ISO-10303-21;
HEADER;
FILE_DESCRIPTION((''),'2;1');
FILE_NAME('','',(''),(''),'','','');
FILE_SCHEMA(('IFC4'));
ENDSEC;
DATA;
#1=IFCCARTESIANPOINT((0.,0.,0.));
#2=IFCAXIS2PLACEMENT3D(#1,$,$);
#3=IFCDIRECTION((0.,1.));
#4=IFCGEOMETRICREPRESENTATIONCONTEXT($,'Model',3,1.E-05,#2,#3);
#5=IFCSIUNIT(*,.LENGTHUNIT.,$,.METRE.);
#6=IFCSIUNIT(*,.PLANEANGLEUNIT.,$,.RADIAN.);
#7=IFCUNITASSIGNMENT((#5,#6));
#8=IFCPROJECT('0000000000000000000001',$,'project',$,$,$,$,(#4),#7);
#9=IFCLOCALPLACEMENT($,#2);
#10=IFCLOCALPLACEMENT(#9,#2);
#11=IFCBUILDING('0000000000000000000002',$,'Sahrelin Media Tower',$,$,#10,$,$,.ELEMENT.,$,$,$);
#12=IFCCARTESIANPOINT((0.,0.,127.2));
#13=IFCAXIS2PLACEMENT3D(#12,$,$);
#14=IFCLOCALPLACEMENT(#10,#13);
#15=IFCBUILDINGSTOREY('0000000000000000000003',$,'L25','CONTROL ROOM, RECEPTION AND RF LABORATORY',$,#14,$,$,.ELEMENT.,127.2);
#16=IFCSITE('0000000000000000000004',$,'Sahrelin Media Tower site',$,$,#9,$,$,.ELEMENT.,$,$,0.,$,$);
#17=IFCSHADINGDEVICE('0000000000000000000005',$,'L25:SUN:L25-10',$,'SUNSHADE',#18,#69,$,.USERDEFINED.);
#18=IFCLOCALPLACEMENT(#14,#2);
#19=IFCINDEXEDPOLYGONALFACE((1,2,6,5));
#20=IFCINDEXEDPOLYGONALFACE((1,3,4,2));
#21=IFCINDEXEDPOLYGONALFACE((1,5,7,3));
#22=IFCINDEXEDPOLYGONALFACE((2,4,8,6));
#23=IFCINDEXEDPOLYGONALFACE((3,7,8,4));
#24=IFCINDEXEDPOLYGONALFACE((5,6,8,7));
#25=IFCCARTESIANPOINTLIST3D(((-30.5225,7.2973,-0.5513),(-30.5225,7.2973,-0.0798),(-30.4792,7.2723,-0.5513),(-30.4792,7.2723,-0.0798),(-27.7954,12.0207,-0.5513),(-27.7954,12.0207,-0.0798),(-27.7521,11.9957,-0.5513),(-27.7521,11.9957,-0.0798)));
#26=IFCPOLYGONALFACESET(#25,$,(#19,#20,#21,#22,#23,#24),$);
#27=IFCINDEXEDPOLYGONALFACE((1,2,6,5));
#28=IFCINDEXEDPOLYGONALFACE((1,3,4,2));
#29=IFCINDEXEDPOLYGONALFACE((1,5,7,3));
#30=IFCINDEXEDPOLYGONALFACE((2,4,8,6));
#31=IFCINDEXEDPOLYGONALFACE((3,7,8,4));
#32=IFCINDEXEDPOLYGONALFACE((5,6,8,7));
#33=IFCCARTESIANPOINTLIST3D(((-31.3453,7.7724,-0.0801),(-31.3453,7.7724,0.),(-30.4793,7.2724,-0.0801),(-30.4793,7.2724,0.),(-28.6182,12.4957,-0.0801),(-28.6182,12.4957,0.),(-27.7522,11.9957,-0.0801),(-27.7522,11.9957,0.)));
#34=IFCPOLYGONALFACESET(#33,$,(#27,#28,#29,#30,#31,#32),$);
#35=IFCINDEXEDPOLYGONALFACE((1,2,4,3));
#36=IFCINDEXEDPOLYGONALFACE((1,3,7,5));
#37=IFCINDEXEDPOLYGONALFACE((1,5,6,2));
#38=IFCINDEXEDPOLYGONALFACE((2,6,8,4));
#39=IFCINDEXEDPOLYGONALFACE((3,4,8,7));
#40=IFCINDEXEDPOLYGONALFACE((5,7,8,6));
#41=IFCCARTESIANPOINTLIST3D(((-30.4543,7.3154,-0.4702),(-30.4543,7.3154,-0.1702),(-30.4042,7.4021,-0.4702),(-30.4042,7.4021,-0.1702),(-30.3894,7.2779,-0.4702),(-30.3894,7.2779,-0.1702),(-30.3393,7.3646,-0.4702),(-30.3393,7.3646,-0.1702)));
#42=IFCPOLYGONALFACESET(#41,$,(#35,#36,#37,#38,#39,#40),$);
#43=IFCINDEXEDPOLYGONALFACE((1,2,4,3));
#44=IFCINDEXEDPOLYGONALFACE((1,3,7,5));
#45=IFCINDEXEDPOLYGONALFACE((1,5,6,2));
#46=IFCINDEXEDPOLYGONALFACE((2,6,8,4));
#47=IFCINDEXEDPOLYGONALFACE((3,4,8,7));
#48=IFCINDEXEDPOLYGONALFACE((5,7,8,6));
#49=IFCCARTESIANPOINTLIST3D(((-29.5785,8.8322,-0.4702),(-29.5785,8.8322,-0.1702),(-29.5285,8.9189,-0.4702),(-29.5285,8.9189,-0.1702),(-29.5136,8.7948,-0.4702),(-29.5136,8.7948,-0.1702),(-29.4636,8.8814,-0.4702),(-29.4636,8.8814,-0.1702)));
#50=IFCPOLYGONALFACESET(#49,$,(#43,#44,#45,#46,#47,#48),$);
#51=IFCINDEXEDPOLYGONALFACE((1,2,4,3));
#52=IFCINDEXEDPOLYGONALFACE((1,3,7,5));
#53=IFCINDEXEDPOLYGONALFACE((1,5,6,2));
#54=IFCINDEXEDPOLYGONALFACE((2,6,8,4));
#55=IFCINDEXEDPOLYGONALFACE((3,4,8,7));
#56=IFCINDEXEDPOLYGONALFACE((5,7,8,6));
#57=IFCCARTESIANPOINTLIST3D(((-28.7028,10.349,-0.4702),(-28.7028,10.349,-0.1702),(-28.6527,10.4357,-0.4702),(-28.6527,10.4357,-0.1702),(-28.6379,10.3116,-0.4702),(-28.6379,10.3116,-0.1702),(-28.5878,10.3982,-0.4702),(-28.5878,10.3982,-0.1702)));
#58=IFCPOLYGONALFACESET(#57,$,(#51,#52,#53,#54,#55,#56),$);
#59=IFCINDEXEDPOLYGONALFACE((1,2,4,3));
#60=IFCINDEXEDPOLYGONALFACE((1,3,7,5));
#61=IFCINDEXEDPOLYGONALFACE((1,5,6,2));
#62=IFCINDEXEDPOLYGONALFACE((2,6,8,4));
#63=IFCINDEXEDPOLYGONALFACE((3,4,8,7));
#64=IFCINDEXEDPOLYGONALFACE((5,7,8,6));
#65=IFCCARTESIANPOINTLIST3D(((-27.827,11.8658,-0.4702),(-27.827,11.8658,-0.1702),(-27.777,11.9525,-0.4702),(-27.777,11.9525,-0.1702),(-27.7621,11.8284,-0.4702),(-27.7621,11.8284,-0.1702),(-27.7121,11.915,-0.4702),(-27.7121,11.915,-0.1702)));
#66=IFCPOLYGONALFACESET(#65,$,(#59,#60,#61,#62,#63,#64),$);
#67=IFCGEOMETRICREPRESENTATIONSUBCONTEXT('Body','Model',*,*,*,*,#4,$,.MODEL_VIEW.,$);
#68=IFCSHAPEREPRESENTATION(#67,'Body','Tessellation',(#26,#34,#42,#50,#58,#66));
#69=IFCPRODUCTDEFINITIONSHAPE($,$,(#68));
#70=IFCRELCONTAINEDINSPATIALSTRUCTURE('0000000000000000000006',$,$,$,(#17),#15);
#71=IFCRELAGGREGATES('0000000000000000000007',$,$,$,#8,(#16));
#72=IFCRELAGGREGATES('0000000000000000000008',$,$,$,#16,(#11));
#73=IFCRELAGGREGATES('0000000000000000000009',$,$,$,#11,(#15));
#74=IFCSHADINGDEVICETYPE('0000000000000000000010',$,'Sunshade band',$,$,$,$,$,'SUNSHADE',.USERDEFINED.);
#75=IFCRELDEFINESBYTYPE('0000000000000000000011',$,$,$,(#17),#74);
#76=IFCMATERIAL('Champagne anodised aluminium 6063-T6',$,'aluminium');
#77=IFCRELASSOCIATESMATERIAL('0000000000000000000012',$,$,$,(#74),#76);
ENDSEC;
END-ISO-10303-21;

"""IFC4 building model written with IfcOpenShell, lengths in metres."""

from ifc_helpers import new_model, si_unit, direction, frame, origin, origin_2d, place, context, subcontext, project, spatial, rectangle, extrude, material, type_object, element, save


model = new_model("IFC4")

# Units and contexts
model_context = context("Model", 3, precision=1e-05, world=origin(), true_north=direction((0.0, 1.0)))
body_context = subcontext(model_context, "Body", "Model", "MODEL_VIEW")
ifc_project = project(units=[si_unit("LENGTHUNIT", "METRE"), si_unit("PLANEANGLEUNIT", "RADIAN")], contexts=[model_context])

# Site, building, storey
site_placement = place(None, origin())
site = spatial("IfcSite", under=ifc_project, at=site_placement, Name="Sahrelin Media Tower site", CompositionType="ELEMENT", RefElevation=0.0)
building_placement = place(site_placement, origin())
building = spatial("IfcBuilding", under=site, at=building_placement, Name="Sahrelin Media Tower", CompositionType="ELEMENT")
storey_placement = place(building_placement, frame((0.0, 0.0, 127.2)))
storey = spatial("IfcBuildingStorey", under=building, at=storey_placement, Name="L25", Description="CONTROL ROOM, RECEPTION AND RF LABORATORY", CompositionType="ELEMENT", Elevation=127.2)

# Shared definitions
ifc_material_1 = material(Name="Champagne anodised aluminium 6063-T6", Category="aluminium")

# Shading device
placement_1 = place(storey_placement, frame((-29.0984, 9.624, 0.0), z_axis=(0.0, 0.0, 1.0), x_axis=(0.500011, 0.866019, 0.0)))
shading_device_type_1 = type_object("IfcShadingDeviceType", Name="Sunshade band", ElementType="SUNSHADE", PredefinedType="USERDEFINED", material=ifc_material_1)
element("IfcShadingDevice", 1, at=placement_1, inside=storey, type_object=shading_device_type_1, Name="L25:SUN:L25-10", ObjectType="SUNSHADE", PredefinedType="USERDEFINED", context=body_context, shape_type="SweptSolid", body=[
    extrude(rectangle(XDim=5.4541, YDim=0.05, at=origin_2d()), frame((0.0, 0.0449, -0.5513)), (0.0, 0.0, 1.0), 0.4714),
    extrude(rectangle(XDim=5.4541, YDim=1.0, at=origin_2d()), frame((0.0, 0.52, -0.0801)), (0.0, 0.0, 1.0), 0.0801),
    extrude(rectangle(XDim=0.1001, YDim=0.075, at=origin_2d()), frame((-2.6272, -0.0176, -0.4702)), (0.0, 0.0, 1.0), 0.3),
    extrude(rectangle(XDim=0.1001, YDim=0.075, at=origin_2d()), frame((-0.8757, -0.0176, -0.4702)), (0.0, 0.0, 1.0), 0.3),
    extrude(rectangle(XDim=0.1001, YDim=0.075, at=origin_2d()), frame((0.8757, -0.0176, -0.4702)), (0.0, 0.0, 1.0), 0.3),
    extrude(rectangle(XDim=0.1001, YDim=0.075, at=origin_2d()), frame((2.6272, -0.0176, -0.4702)), (0.0, 0.0, 1.0), 0.3),
])

save(model, "model.ifc")
